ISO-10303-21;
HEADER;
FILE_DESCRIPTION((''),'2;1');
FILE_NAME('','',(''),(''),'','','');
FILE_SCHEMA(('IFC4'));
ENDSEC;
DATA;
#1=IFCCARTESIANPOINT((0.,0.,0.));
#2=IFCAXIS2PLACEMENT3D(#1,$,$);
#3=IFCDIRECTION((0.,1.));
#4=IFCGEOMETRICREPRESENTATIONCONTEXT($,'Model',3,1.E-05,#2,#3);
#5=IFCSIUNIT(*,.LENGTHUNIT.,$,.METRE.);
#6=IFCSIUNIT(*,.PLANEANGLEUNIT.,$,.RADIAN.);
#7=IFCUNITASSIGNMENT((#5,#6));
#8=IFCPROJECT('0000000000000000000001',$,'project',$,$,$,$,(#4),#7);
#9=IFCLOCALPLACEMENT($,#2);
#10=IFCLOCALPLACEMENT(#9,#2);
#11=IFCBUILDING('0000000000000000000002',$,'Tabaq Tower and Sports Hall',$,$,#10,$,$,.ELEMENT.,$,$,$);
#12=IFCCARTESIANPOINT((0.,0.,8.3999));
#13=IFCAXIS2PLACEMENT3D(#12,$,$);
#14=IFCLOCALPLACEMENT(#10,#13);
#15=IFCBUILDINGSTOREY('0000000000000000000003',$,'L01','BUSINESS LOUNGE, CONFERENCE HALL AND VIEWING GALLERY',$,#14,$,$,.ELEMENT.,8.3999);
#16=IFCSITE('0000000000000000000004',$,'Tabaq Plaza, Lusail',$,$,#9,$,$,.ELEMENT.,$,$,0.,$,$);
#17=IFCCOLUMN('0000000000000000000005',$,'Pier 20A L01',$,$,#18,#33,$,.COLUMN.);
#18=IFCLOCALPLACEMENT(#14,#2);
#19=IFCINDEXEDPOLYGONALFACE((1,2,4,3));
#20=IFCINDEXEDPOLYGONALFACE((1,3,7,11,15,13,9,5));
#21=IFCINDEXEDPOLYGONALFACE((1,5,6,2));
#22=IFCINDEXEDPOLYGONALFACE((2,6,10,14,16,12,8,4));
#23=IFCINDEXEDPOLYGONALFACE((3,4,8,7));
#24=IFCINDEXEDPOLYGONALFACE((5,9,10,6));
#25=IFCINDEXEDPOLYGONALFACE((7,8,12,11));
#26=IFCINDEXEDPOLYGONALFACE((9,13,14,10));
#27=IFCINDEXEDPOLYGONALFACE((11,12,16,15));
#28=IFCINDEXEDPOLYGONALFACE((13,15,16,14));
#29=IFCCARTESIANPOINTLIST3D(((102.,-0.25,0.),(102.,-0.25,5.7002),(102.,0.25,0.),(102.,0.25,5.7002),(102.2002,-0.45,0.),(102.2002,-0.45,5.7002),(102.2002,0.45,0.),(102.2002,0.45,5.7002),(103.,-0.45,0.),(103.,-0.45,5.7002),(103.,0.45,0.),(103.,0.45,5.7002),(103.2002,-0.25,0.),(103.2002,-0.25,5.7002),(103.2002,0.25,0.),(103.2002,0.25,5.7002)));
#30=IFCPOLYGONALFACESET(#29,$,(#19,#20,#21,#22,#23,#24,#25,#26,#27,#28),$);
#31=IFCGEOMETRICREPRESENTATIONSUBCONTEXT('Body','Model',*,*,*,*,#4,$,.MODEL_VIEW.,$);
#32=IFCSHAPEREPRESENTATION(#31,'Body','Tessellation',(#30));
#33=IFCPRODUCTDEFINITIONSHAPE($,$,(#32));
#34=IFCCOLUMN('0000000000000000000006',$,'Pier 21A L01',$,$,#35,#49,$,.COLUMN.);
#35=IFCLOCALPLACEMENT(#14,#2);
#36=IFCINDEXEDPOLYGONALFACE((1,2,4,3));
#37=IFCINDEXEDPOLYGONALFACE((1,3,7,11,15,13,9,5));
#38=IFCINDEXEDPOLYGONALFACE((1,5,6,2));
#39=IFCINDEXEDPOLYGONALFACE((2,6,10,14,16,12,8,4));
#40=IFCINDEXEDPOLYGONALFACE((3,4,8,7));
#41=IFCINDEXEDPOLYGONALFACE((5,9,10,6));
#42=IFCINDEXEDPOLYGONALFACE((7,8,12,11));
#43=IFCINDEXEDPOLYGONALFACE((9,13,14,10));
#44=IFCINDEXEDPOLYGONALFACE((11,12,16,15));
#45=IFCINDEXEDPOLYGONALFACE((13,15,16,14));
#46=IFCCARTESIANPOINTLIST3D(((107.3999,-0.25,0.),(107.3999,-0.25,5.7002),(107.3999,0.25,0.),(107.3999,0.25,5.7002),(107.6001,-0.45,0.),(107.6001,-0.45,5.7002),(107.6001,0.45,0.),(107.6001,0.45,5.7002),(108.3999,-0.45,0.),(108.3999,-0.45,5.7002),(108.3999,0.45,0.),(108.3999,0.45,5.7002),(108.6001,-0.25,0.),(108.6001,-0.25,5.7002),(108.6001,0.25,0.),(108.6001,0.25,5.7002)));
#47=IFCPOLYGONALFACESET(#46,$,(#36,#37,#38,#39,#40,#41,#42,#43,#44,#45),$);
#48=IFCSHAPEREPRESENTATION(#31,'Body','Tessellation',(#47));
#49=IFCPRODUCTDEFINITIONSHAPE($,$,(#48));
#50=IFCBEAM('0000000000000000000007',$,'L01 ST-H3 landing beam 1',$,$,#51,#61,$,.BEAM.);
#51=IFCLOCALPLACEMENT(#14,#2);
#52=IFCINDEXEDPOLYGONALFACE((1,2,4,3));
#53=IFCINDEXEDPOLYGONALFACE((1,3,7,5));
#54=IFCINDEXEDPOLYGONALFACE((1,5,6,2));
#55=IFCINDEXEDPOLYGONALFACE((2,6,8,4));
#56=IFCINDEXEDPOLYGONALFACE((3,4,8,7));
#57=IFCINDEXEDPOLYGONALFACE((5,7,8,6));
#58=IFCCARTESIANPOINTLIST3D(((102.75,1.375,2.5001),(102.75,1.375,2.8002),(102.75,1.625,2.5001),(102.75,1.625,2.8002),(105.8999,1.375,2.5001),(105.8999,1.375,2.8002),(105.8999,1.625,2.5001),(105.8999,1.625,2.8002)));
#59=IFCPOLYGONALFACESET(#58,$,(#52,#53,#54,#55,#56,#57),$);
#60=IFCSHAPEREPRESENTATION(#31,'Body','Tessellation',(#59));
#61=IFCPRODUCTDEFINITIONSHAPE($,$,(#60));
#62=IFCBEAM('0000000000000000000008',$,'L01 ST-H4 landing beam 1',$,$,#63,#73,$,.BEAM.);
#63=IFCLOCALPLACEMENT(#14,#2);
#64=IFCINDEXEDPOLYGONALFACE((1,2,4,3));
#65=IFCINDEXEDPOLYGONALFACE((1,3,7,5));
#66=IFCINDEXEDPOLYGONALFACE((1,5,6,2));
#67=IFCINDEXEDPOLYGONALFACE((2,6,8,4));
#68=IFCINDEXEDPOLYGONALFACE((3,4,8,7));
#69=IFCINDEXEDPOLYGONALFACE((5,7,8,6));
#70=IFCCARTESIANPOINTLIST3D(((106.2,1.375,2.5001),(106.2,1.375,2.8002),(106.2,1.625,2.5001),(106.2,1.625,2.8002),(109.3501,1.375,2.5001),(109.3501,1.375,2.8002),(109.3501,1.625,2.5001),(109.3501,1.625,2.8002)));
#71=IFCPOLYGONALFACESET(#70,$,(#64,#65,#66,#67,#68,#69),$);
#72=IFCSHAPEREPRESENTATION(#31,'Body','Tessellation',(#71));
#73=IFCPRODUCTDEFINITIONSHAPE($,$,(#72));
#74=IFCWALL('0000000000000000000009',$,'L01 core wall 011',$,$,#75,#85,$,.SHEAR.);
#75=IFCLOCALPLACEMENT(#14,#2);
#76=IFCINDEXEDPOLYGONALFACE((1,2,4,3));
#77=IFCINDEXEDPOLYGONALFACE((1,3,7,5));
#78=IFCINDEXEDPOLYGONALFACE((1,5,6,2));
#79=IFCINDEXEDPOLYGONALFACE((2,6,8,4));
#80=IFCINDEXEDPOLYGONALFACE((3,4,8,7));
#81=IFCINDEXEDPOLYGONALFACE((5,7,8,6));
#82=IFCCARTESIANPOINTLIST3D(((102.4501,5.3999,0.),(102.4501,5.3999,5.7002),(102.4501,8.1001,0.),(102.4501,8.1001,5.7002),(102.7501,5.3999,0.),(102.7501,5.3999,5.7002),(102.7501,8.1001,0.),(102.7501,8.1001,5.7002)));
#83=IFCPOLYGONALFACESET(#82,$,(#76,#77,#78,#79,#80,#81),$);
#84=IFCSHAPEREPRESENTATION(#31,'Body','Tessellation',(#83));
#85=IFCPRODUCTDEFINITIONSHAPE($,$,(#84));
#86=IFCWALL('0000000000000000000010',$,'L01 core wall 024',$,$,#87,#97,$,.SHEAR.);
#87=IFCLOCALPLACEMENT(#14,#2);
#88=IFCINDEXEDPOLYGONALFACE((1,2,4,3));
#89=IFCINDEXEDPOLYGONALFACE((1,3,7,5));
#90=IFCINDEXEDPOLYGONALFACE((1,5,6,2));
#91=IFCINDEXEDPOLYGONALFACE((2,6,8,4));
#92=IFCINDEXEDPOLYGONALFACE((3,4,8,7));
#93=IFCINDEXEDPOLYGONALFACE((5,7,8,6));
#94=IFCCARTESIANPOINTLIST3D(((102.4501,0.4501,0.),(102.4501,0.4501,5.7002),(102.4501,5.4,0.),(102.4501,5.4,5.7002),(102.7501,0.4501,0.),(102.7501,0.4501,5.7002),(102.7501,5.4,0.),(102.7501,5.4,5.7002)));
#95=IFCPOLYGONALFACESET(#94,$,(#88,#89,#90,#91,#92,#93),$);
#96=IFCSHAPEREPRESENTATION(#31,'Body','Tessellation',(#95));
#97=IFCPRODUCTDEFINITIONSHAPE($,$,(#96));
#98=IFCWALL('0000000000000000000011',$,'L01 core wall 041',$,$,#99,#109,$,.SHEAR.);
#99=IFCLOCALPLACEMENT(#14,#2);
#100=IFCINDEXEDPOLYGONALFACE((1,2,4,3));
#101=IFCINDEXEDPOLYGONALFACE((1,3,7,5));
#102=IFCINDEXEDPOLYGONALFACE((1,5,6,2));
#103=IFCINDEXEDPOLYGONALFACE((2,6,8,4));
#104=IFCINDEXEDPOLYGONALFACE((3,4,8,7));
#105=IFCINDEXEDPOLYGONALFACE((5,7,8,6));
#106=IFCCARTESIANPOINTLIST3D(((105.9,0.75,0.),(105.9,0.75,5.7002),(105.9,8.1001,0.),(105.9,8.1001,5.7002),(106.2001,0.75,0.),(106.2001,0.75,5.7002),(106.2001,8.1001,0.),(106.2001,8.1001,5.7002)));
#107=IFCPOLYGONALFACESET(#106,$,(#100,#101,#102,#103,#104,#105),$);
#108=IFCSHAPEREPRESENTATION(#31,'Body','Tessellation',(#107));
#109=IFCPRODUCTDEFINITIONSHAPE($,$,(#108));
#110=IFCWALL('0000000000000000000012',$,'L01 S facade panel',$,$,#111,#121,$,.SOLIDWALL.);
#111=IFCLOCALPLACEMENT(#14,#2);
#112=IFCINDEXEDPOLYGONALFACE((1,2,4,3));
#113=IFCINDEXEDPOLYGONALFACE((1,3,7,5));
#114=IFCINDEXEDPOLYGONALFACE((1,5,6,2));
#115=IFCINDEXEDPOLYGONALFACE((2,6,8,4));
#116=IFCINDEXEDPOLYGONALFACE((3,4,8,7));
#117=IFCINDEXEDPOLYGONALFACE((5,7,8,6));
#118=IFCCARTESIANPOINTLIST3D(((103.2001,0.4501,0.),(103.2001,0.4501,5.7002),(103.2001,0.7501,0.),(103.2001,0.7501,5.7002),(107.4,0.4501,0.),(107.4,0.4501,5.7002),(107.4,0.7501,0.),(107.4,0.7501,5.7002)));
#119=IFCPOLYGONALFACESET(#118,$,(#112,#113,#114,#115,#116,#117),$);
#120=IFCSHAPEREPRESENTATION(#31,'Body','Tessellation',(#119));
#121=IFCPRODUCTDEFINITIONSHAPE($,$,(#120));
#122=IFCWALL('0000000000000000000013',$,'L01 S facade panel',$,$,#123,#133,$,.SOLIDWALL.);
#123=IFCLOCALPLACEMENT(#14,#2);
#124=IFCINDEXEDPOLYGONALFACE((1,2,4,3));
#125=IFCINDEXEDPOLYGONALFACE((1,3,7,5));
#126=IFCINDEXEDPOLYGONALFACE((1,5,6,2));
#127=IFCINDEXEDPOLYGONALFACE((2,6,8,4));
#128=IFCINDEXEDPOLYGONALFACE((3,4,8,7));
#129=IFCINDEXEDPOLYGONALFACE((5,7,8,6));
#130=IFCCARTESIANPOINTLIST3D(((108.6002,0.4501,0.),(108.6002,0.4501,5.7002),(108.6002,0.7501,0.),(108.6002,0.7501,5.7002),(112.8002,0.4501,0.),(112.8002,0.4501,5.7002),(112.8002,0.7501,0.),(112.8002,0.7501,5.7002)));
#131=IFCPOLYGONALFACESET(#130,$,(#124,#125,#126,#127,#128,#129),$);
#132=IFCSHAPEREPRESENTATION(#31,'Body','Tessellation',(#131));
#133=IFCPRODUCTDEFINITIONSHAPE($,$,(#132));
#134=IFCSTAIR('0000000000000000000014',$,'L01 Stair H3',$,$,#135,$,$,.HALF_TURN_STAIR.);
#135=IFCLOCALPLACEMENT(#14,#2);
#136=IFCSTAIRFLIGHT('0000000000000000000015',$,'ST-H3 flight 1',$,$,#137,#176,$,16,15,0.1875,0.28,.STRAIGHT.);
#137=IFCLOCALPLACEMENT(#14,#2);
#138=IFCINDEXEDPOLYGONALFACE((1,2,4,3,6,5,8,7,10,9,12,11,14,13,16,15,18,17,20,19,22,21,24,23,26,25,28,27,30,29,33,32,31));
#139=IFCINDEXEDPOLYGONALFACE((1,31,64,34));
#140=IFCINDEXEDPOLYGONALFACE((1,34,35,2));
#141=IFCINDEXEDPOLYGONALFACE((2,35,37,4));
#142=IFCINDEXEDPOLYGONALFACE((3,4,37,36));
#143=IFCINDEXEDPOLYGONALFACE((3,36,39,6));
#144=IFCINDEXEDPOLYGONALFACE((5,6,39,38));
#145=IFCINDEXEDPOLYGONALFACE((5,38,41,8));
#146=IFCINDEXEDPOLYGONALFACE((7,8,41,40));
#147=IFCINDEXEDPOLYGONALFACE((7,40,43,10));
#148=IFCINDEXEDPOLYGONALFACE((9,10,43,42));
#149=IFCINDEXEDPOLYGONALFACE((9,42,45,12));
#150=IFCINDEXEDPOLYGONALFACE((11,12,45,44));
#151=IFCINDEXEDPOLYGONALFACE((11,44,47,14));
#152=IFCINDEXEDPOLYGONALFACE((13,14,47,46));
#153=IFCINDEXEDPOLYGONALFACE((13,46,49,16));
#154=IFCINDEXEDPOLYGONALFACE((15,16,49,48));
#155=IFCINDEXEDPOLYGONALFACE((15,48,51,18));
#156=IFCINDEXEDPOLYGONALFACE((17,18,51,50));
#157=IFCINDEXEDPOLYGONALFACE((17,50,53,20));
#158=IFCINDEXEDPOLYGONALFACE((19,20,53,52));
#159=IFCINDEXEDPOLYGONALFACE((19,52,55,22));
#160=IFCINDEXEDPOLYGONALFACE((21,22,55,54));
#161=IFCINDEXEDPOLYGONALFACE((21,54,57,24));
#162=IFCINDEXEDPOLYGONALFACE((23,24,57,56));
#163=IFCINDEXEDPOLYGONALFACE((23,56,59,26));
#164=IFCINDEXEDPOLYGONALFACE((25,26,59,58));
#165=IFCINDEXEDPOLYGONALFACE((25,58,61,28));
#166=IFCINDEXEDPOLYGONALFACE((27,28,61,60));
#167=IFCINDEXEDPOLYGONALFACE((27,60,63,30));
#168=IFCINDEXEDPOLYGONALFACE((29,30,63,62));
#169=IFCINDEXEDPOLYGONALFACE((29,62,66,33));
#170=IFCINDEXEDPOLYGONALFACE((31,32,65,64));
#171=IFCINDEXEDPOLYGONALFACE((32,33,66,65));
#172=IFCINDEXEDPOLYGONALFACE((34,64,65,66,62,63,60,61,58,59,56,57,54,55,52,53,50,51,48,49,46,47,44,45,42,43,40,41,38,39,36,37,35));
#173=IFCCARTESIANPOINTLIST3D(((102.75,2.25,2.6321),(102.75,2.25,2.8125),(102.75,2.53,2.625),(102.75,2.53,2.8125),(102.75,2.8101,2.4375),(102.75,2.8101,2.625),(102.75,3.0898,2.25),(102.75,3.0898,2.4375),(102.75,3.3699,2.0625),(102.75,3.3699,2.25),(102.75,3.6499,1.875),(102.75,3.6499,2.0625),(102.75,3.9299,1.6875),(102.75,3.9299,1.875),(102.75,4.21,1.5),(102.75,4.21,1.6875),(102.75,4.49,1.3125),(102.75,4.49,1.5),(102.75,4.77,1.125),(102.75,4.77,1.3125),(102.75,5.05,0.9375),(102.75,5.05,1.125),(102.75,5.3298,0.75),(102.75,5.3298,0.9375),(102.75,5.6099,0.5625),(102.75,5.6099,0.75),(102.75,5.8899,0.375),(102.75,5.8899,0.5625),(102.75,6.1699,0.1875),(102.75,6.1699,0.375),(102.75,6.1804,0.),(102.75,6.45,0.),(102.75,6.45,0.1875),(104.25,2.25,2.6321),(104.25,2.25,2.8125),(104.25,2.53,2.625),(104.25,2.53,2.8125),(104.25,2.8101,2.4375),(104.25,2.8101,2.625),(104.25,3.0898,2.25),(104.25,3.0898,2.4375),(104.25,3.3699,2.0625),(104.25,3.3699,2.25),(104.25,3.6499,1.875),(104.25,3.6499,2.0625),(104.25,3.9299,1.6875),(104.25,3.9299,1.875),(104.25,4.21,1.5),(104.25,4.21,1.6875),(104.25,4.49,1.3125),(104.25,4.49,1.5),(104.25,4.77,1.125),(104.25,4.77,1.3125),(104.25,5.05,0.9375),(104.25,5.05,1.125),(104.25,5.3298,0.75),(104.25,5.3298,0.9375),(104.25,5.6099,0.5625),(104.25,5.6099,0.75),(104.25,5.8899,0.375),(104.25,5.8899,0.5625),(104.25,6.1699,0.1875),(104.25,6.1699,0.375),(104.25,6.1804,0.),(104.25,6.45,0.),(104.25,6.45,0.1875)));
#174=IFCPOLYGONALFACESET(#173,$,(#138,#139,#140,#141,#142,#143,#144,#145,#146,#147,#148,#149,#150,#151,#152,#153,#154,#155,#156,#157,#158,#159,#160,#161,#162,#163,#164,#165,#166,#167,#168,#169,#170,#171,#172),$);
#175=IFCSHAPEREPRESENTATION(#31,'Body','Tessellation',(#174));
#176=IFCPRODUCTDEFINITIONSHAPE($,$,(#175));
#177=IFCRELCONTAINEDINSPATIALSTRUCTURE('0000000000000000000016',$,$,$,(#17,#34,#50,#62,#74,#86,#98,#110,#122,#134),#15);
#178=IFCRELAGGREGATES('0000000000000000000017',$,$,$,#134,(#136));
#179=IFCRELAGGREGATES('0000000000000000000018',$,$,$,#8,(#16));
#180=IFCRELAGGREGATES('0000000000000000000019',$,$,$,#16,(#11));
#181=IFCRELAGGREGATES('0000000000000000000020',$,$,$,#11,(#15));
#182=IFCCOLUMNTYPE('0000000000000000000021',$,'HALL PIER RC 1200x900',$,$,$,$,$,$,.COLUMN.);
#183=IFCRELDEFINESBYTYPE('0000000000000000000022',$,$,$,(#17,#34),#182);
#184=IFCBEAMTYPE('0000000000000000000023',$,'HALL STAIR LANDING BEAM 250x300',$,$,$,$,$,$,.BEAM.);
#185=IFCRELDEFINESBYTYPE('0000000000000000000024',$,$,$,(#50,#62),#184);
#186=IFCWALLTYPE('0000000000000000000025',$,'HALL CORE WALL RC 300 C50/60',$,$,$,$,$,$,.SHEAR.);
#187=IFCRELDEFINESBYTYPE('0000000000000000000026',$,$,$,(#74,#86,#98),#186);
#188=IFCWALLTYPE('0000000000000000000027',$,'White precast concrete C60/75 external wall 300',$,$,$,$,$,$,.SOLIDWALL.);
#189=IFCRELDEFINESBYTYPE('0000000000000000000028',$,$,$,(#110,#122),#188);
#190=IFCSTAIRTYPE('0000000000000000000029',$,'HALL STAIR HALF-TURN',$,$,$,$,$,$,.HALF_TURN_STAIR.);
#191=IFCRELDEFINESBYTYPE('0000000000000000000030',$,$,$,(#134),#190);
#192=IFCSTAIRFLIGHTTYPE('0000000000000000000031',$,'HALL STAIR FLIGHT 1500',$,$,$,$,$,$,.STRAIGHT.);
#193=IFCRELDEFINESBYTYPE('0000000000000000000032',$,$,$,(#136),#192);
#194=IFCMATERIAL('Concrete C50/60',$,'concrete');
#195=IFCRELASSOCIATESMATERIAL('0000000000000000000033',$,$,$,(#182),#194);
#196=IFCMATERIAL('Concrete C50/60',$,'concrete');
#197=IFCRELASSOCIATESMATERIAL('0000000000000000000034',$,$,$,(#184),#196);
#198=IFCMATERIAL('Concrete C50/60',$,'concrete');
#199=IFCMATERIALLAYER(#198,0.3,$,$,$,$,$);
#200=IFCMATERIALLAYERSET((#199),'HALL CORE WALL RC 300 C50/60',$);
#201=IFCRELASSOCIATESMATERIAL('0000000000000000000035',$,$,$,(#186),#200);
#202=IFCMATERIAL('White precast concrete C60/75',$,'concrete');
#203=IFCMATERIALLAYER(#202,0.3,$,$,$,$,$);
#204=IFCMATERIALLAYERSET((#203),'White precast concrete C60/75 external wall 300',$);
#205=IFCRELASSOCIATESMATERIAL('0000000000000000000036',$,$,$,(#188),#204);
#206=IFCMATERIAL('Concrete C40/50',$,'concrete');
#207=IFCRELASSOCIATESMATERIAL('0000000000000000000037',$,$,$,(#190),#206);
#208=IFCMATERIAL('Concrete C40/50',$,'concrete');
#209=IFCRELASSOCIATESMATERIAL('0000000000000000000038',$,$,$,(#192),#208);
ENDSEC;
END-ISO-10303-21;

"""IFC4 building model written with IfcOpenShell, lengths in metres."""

from ifc_helpers import new_model, si_unit, direction, frame, frame_2d, origin, origin_2d, place, context, subcontext, project, spatial, polyline, rectangle, outline, extrude, material, layer, layer_set, material_profile, profile_set, type_object, element, aggregate, save


model = new_model("IFC4")

# Units and contexts
model_context = context("Model", 3, precision=1e-05, world=origin(), true_north=direction((0.0, 1.0)))
body_context = subcontext(model_context, "Body", "Model", "MODEL_VIEW")
ifc_project = project(units=[si_unit("LENGTHUNIT", "METRE"), si_unit("PLANEANGLEUNIT", "RADIAN")], contexts=[model_context])

# Site, building, storey
site_placement = place(None, origin())
site = spatial("IfcSite", under=ifc_project, at=site_placement, Name="Tabaq Plaza, Lusail", CompositionType="ELEMENT", RefElevation=0.0)
building_placement = place(site_placement, origin())
building = spatial("IfcBuilding", under=site, at=building_placement, Name="Tabaq Tower and Sports Hall", CompositionType="ELEMENT")
storey_placement = place(building_placement, frame((0.0, 0.0, 8.3999)))
storey = spatial("IfcBuildingStorey", under=building, at=storey_placement, Name="L01", Description="BUSINESS LOUNGE, CONFERENCE HALL AND VIEWING GALLERY", CompositionType="ELEMENT", Elevation=8.3999)

# Columns
ifc_material_1 = material(Name="Concrete C50/60", Category="concrete")
ifc_material_profile_1 = material_profile(ifc_material_1, outline(polyline([(-0.3999, -0.45), (0.3999, -0.45), (0.6001, -0.25), (0.6001, 0.25), (0.3999, 0.45), (-0.3999, 0.45), (-0.6001, 0.25), (-0.6001, -0.25), (-0.3999, -0.45)])), Name="PIER 1200x900")
ifc_profile_set_1 = profile_set([ifc_material_profile_1], Name="Concrete C50/60")
column_type = type_object("IfcColumnType", Name="HALL PIER RC 1200x900", PredefinedType="COLUMN", material=ifc_profile_set_1)
for number, where, z_axis, x_axis, name in (
    (1, (102.6001, 0.0, 0.0), (0.0, 0.0, 1.0), (1.0, 0.0, 0.0), "Pier 20A L01"),
    (2, (108.0, 0.0, 0.0), (0.0, 0.0, 1.0), (1.0, 0.0, 0.0), "Pier 21A L01"),
):
    element("IfcColumn", number, at=place(storey_placement, frame(where, z_axis=z_axis, x_axis=x_axis)), inside=storey, type_object=column_type, Name=name, PredefinedType="COLUMN", context=body_context, shape_type="SweptSolid", body=[
        extrude(outline(polyline([(-0.3999, -0.45), (0.3999, -0.45), (0.6001, -0.25), (0.6001, 0.25), (0.3999, 0.45), (-0.3999, 0.45), (-0.6001, 0.25), (-0.6001, -0.25), (-0.3999, -0.45)])), origin(), (0.0, 0.0, 1.0), 5.7002),
    ])

# Beams
ifc_material_2 = material(Name="Concrete C50/60", Category="concrete")
ifc_material_profile_2 = material_profile(ifc_material_2, rectangle(XDim=0.25, YDim=0.3, at=origin_2d()), Name="RC 250x300")
ifc_profile_set_2 = profile_set([ifc_material_profile_2], Name="Concrete C50/60")
beam_type = type_object("IfcBeamType", Name="HALL STAIR LANDING BEAM 250x300", PredefinedType="BEAM", material=ifc_profile_set_2)
beam_1_placement = place(storey_placement, frame((102.75, 1.5, 2.6501), z_axis=(1.0, 0.0, 0.0), x_axis=(0.0, 1.0, 0.0)))
element("IfcBeam", 3, at=beam_1_placement, inside=storey, type_object=beam_type, Name="L01 ST-H3 landing beam 1", PredefinedType="BEAM", context=body_context, shape_type="SweptSolid", body=[
    extrude(rectangle(XDim=0.25, YDim=0.3, at=origin_2d()), origin(), (0.0, 0.0, 1.0), 3.1499),
])
beam_2_placement = place(storey_placement, frame((106.2, 1.5, 2.6501), z_axis=(1.0, 0.0, 0.0), x_axis=(0.0, 1.0, 0.0)))
element("IfcBeam", 4, at=beam_2_placement, inside=storey, type_object=beam_type, Name="L01 ST-H4 landing beam 1", PredefinedType="BEAM", context=body_context, shape_type="SweptSolid", body=[
    extrude(rectangle(XDim=0.25, YDim=0.3, at=origin_2d()), origin(), (0.0, 0.0, 1.0), 3.1501),
])

# Walls
ifc_material_3 = material(Name="Concrete C50/60", Category="concrete")
ifc_layer_1 = layer(ifc_material_3, 0.3)
ifc_layer_set_1 = layer_set([ifc_layer_1], Name="HALL CORE WALL RC 300 C50/60")
wall_type_1 = type_object("IfcWallType", Name="HALL CORE WALL RC 300 C50/60", PredefinedType="SHEAR", material=ifc_layer_set_1)
wall_1_placement = place(storey_placement, frame((102.6001, 5.3999, 0.0), z_axis=(0.0, 0.0, 1.0), x_axis=(0.0, 1.0, 0.0)))
element("IfcWall", 5, at=wall_1_placement, inside=storey, type_object=wall_type_1, Name="L01 core wall 011", PredefinedType="SHEAR", context=body_context, shape_type="SweptSolid", body=[
    extrude(rectangle(XDim=2.7002, YDim=0.3, at=frame_2d((1.3501, 0.0))), origin(), (0.0, 0.0, 1.0), 5.7002),
])
wall_2_placement = place(storey_placement, frame((102.6001, 0.45, 0.0), z_axis=(0.0, 0.0, 1.0), x_axis=(0.0, 1.0, 0.0)))
element("IfcWall", 6, at=wall_2_placement, inside=storey, type_object=wall_type_1, Name="L01 core wall 024", PredefinedType="SHEAR", context=body_context, shape_type="SweptSolid", body=[
    extrude(rectangle(XDim=4.95, YDim=0.3, at=frame_2d((2.4751, 0.0))), origin(), (0.0, 0.0, 1.0), 5.7002),
])
wall_3_placement = place(storey_placement, frame((106.05, 0.75, 0.0), z_axis=(0.0, 0.0, 1.0), x_axis=(0.0, 1.0, 0.0)))
element("IfcWall", 7, at=wall_3_placement, inside=storey, type_object=wall_type_1, Name="L01 core wall 041", PredefinedType="SHEAR", context=body_context, shape_type="SweptSolid", body=[
    extrude(rectangle(XDim=7.3501, YDim=0.3, at=frame_2d((3.675, 0.0))), origin(), (0.0, 0.0, 1.0), 5.7002),
])

# Shared definitions
ifc_material_4 = material(Name="White precast concrete C60/75", Category="concrete")
ifc_layer_2 = layer(ifc_material_4, 0.3)
ifc_layer_set_2 = layer_set([ifc_layer_2], Name="White precast concrete C60/75 external wall 300")
wall_type_2 = type_object("IfcWallType", Name="White precast concrete C60/75 external wall 300", PredefinedType="SOLIDWALL", material=ifc_layer_set_2)

# Walls
for number, where, z_axis, x_axis, name in (
    (8, (103.2, 0.6001, 0.0), (0.0, 0.0, 1.0), (1.0, 0.0, 0.0), "L01 S facade panel"),
    (9, (108.6001, 0.6001, 0.0), (0.0, 0.0, 1.0), (1.0, 0.0, 0.0), "L01 S facade panel"),
):
    element("IfcWall", number, at=place(storey_placement, frame(where, z_axis=z_axis, x_axis=x_axis)), inside=storey, type_object=wall_type_2, Name=name, PredefinedType="SOLIDWALL", context=body_context, shape_type="SweptSolid", body=[
        extrude(rectangle(XDim=4.2, YDim=0.3, at=frame_2d((2.1001, 0.0))), origin(), (0.0, 0.0, 1.0), 5.7002),
    ])

# Stair, stair flight
ifc_material_5 = material(Name="Concrete C40/50", Category="concrete")
stair_type = type_object("IfcStairType", Name="HALL STAIR HALF-TURN", PredefinedType="HALF_TURN_STAIR", material=ifc_material_5)
stair_1_placement = place(storey_placement, origin())
stair_1 = element("IfcStair", 10, at=stair_1_placement, inside=storey, type_object=stair_type, Name="L01 Stair H3", PredefinedType="HALF_TURN_STAIR")
ifc_material_6 = material(Name="Concrete C40/50", Category="concrete")
stair_flight_type = type_object("IfcStairFlightType", Name="HALL STAIR FLIGHT 1500", PredefinedType="STRAIGHT", material=ifc_material_6)
stair_flight_1_placement = place(storey_placement, frame((103.5, 6.45, 0.0), z_axis=(0.0, 0.0, 1.0), x_axis=(0.0, -1.0, 0.0)))
stair_flight_1 = element("IfcStairFlight", 11, at=stair_flight_1_placement, type_object=stair_flight_type, Name="ST-H3 flight 1", NumberOfRisers=16, NumberOfTreads=15, PredefinedType="STRAIGHT", RiserHeight=0.1875, TreadLength=0.28, context=body_context, shape_type="SweptSolid", body=[
    extrude(outline(polyline([(0.0, 0.0), (0.0, 0.1875), (0.28, 0.1875), (0.28, 0.375), (0.5601, 0.375), (0.5601, 0.5625), (0.8401, 0.5625), (0.8401, 0.75), (1.1201, 0.75), (1.1201, 0.9375), (1.3999, 0.9375), (1.3999, 1.125), (1.6799, 1.125), (1.6799, 1.3125), (1.96, 1.3125), (1.96, 1.5), (2.24, 1.5), (2.24, 1.6875), (2.52, 1.6875), (2.52, 1.875), (2.8, 1.875), (2.8, 2.0625), (3.0801, 2.0625), (3.0801, 2.25), (3.3601, 2.25), (3.3601, 2.4375), (3.6399, 2.4375), (3.6399, 2.625), (3.9199, 2.625), (3.9199, 2.8125), (4.2, 2.8125), (4.2, 3.0), (4.2, 2.6321), (0.2695, 0.0), (0.0, 0.0)])), frame((0.0, 0.75, 0.0), z_axis=(0.0, -1.0, 0.0), x_axis=(1.0, 0.0, 0.0)), (0.0, 0.0, 1.0), 1.5),
])
aggregate(stair_1, [stair_flight_1])

save(model, "model.ifc")
